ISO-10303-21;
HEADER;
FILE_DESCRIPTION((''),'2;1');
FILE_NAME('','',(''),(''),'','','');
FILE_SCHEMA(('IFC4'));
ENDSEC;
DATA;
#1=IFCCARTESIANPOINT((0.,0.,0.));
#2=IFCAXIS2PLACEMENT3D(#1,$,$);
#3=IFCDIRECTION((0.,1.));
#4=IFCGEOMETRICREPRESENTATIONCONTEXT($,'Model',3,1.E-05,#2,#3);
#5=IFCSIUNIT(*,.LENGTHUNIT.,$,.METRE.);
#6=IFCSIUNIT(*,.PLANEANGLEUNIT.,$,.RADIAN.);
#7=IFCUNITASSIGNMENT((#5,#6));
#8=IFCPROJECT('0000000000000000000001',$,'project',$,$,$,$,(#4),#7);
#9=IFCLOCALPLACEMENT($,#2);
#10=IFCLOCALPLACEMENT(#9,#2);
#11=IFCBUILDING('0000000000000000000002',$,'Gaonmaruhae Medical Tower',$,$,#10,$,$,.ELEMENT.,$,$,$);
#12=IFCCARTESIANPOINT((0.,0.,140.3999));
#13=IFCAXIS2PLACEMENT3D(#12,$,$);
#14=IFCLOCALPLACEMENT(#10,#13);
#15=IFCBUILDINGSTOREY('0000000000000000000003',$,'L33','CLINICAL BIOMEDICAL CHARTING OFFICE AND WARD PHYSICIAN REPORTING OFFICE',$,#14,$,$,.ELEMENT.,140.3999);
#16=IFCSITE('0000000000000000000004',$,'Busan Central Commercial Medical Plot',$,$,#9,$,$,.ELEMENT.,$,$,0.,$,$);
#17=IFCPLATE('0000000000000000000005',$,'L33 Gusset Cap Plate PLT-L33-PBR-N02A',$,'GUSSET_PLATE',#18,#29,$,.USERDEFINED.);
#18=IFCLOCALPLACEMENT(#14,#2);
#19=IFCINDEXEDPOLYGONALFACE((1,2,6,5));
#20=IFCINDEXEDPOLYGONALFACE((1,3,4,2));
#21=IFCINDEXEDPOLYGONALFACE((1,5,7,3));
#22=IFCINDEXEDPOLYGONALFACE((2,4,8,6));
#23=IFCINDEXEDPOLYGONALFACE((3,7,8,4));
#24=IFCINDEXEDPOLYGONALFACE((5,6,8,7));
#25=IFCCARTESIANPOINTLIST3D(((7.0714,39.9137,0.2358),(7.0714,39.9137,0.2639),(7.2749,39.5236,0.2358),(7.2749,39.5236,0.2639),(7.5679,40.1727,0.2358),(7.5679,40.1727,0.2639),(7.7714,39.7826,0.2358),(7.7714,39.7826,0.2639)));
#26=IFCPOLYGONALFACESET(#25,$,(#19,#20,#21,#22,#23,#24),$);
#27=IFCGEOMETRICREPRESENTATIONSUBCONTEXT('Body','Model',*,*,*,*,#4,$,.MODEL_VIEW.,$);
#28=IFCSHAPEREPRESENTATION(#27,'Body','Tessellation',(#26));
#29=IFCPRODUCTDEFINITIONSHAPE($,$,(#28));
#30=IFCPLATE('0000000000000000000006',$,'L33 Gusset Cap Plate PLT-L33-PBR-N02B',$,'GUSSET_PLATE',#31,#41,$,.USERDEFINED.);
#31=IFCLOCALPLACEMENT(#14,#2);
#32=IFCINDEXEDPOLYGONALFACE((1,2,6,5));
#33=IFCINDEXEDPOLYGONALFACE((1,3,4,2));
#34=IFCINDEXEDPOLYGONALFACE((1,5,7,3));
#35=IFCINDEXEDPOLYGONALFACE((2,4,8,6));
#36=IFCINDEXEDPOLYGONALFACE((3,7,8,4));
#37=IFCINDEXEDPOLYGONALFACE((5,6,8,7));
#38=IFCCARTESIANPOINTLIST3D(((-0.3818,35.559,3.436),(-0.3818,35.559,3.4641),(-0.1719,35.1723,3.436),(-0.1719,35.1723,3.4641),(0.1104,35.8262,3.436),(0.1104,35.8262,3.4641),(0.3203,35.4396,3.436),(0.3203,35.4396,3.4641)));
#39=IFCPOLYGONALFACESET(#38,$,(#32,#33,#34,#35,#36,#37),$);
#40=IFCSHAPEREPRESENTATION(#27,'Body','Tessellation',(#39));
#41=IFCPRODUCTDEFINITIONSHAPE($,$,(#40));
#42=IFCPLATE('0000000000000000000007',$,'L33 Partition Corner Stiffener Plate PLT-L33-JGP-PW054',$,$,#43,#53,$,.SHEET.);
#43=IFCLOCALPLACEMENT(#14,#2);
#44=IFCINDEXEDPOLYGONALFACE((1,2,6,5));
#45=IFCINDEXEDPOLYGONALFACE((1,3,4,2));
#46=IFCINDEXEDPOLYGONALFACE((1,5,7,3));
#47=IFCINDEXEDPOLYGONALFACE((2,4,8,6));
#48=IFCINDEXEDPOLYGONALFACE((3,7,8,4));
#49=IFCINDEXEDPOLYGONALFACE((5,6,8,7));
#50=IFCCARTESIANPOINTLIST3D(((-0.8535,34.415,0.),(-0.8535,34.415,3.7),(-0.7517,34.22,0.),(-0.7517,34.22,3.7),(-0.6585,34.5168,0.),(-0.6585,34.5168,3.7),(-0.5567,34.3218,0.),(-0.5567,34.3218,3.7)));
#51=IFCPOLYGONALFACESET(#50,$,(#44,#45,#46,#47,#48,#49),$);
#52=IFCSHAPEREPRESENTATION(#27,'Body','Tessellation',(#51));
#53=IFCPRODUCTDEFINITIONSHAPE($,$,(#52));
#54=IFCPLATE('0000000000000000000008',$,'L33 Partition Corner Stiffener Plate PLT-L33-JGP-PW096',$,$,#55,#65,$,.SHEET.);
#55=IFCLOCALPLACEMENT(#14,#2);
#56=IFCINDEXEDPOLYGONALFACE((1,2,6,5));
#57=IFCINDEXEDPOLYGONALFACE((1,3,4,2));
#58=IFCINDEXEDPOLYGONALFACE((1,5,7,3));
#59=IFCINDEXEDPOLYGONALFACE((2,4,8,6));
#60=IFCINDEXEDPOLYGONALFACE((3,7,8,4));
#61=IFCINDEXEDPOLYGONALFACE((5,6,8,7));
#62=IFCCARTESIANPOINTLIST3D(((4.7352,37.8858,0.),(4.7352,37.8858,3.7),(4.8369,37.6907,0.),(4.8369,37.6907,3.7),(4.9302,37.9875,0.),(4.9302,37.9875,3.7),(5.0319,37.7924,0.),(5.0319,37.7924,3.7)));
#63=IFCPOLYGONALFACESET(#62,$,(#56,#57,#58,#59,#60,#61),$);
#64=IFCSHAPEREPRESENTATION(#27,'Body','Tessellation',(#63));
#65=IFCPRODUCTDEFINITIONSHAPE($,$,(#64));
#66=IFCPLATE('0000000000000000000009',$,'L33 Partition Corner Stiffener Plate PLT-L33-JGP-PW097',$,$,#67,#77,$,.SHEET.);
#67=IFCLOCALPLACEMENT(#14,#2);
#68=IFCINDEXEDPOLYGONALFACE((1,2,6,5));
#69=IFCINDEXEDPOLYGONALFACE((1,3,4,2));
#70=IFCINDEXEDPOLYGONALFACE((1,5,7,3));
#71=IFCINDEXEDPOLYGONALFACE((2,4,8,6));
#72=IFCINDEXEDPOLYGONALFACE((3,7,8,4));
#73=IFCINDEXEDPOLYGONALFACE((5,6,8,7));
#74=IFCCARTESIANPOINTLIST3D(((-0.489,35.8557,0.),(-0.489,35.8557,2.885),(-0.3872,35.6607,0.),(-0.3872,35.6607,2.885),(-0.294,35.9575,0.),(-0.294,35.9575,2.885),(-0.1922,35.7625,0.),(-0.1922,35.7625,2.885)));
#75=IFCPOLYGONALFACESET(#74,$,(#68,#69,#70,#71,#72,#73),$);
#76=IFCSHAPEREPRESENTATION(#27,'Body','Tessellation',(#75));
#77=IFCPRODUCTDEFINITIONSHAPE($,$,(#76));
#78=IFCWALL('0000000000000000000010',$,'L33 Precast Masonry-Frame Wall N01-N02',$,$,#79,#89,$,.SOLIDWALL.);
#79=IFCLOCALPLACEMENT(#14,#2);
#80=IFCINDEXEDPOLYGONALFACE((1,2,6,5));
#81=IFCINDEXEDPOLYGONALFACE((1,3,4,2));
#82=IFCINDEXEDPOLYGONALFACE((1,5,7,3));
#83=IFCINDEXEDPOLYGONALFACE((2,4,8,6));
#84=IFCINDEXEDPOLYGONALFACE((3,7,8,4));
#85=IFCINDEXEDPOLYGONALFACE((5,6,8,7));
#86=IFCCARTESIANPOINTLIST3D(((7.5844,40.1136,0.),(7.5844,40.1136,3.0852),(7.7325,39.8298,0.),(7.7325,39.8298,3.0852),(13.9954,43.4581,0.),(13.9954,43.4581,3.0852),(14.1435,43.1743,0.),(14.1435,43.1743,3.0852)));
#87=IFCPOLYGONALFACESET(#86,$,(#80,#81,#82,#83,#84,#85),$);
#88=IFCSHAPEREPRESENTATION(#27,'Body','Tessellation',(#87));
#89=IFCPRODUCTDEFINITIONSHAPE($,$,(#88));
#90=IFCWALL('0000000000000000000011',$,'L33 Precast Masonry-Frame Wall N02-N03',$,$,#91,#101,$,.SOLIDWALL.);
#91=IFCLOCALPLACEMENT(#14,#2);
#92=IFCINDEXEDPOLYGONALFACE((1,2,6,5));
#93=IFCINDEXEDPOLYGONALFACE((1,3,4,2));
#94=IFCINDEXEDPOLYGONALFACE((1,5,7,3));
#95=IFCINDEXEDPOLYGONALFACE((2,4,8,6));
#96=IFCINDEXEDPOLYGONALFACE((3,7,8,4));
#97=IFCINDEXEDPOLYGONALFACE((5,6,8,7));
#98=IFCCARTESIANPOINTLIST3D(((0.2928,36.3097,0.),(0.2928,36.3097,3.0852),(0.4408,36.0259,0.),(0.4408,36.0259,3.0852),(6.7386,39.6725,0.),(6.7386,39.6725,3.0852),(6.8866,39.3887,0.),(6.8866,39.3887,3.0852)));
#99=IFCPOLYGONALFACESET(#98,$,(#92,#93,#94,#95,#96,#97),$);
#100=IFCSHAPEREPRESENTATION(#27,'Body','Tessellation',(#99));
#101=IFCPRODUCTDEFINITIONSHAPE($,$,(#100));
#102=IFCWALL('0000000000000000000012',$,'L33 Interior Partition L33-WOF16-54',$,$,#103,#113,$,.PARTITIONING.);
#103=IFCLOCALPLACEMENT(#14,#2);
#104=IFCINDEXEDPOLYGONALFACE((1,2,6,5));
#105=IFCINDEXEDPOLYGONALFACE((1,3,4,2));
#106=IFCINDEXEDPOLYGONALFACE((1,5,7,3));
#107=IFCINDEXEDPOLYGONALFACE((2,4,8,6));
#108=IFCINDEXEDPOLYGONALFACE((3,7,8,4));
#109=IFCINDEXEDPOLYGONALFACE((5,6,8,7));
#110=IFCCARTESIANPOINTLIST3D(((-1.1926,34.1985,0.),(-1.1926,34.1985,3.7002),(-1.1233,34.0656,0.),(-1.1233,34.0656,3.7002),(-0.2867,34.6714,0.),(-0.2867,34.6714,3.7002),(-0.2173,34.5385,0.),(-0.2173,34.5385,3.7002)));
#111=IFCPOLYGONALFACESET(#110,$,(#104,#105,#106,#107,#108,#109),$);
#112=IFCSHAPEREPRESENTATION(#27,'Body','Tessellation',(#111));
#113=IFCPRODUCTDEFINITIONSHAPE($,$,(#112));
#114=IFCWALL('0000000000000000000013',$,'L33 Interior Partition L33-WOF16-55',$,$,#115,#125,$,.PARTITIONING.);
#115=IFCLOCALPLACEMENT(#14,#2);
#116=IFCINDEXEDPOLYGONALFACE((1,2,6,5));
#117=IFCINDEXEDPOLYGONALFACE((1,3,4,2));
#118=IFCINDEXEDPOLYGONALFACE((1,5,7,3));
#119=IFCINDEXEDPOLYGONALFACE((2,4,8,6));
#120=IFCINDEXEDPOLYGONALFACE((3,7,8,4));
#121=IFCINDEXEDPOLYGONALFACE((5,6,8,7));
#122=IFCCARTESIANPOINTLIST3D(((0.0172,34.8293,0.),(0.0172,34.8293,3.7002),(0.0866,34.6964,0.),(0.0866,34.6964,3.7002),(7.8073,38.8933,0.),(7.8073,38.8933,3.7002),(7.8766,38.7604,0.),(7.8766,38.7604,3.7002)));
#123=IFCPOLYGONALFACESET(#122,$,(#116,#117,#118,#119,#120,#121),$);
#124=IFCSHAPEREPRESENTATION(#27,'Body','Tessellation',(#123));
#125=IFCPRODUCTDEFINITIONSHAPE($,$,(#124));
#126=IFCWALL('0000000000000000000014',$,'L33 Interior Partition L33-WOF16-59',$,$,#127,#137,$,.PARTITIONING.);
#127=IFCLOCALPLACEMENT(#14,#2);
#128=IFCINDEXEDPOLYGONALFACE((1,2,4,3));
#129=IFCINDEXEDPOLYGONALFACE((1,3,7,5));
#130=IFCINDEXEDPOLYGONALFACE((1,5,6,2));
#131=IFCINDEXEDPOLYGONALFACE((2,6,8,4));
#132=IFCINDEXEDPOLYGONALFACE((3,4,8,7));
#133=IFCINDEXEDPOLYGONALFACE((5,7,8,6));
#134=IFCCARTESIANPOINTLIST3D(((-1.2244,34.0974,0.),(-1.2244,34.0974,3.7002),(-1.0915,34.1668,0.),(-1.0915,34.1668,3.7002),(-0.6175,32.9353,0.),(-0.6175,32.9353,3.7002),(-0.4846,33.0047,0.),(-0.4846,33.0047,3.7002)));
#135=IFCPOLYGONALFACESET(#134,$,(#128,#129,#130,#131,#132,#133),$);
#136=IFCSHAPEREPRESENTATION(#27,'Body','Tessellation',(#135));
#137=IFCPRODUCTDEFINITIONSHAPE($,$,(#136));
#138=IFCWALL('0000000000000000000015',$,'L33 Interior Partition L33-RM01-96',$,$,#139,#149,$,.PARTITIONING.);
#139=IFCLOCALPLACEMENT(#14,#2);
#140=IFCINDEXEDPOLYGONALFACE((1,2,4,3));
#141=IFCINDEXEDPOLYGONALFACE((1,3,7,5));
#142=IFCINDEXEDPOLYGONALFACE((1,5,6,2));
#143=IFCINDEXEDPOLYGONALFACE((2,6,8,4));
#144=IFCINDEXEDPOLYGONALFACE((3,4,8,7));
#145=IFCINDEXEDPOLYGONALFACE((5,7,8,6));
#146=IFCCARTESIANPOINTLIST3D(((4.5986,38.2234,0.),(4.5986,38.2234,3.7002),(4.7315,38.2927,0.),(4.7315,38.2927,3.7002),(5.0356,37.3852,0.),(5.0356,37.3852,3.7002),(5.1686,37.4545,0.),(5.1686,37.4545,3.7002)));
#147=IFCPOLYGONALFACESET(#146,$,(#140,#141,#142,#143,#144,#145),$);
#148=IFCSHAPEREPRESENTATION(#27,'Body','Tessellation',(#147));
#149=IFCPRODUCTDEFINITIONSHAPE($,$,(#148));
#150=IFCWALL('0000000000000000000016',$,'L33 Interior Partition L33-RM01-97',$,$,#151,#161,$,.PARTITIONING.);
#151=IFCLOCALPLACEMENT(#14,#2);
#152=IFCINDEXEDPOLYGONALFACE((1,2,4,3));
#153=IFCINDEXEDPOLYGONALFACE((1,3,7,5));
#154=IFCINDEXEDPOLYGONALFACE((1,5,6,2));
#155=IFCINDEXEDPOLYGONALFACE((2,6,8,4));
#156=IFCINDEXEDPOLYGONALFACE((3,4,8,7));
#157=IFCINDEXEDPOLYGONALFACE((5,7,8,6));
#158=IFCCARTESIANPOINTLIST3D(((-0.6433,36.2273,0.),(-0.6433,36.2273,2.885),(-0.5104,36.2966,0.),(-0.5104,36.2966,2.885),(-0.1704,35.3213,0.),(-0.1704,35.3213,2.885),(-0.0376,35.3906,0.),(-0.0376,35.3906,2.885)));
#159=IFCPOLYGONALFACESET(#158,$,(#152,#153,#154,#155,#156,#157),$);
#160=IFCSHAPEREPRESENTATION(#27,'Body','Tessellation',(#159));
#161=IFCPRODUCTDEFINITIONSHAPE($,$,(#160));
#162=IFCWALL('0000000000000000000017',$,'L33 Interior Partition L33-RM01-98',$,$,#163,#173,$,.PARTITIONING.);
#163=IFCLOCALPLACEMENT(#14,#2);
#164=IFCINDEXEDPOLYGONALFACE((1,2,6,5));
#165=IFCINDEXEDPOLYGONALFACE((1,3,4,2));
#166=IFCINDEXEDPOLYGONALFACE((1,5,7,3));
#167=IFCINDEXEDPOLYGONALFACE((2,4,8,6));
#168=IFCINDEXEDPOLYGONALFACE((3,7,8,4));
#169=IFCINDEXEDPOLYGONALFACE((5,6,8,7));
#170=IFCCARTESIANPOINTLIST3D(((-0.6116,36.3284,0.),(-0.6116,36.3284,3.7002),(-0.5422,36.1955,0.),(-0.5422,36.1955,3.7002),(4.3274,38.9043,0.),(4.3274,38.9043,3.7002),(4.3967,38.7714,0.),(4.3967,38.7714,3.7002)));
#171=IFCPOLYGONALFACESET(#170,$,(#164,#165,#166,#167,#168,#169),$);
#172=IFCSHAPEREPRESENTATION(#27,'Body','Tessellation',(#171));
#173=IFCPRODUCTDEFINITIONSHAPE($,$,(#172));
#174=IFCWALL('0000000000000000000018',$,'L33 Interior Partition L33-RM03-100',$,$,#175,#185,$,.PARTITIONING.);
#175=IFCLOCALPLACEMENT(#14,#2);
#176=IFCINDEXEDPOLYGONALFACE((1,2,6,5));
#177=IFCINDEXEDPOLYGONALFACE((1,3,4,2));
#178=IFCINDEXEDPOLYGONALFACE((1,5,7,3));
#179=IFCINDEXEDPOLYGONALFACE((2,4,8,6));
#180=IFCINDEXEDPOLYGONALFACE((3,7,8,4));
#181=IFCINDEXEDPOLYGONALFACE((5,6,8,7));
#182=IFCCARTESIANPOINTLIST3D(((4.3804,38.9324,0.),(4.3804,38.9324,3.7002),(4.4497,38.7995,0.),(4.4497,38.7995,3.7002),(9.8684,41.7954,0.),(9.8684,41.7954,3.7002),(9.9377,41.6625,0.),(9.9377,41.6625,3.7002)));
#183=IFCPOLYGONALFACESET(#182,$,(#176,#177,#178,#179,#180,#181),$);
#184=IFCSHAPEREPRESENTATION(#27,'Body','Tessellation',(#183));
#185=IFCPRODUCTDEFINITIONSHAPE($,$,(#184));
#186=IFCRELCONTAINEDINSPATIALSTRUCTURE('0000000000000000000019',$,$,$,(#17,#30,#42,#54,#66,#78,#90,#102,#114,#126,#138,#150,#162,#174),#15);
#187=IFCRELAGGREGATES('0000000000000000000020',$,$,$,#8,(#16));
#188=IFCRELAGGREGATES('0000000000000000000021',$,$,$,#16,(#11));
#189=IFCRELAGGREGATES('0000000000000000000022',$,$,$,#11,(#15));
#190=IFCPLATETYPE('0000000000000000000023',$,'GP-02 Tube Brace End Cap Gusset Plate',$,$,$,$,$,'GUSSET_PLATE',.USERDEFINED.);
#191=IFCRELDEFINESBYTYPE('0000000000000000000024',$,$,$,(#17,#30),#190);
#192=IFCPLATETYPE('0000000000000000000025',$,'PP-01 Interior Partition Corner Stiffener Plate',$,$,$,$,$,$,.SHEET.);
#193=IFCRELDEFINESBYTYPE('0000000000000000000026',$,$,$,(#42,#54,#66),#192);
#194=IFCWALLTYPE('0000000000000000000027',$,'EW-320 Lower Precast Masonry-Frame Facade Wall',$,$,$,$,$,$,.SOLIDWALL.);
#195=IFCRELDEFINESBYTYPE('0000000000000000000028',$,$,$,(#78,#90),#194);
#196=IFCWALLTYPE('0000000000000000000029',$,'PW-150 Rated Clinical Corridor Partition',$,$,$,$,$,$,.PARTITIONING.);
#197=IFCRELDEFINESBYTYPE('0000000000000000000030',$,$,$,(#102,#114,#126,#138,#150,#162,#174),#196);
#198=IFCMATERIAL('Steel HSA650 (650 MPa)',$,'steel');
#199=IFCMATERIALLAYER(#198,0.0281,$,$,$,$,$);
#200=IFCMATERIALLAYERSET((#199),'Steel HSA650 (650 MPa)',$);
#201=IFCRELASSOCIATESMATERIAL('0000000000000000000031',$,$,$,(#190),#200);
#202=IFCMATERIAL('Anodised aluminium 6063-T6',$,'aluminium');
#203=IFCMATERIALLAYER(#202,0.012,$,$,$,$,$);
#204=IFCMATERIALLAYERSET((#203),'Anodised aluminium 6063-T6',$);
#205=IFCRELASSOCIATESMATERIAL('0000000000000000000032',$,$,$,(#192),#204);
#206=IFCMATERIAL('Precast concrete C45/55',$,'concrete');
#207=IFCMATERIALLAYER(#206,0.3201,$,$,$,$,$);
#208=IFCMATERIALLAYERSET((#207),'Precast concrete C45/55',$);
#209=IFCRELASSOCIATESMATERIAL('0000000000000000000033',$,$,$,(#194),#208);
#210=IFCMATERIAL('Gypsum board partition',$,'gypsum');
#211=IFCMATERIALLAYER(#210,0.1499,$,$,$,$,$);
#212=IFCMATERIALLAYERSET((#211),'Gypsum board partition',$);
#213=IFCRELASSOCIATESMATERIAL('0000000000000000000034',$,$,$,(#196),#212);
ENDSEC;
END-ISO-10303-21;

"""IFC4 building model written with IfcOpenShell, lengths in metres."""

from ifc_helpers import new_model, si_unit, direction, frame, frame_2d, origin, origin_2d, place, context, subcontext, project, spatial, rectangle, extrude, material, layer, layer_set, type_object, element, save


model = new_model("IFC4")

# Units and contexts
model_context = context("Model", 3, precision=1e-05, world=origin(), true_north=direction((0.0, 1.0)))
body_context = subcontext(model_context, "Body", "Model", "MODEL_VIEW")
ifc_project = project(units=[si_unit("LENGTHUNIT", "METRE"), si_unit("PLANEANGLEUNIT", "RADIAN")], contexts=[model_context])

# Site, building, storey
site_placement = place(None, origin())
site = spatial("IfcSite", under=ifc_project, at=site_placement, Name="Busan Central Commercial Medical Plot", CompositionType="ELEMENT", RefElevation=0.0)
building_placement = place(site_placement, origin())
building = spatial("IfcBuilding", under=site, at=building_placement, Name="Gaonmaruhae Medical Tower", CompositionType="ELEMENT")
storey_placement = place(building_placement, frame((0.0, 0.0, 140.3999)))
storey = spatial("IfcBuildingStorey", under=building, at=storey_placement, Name="L33", Description="CLINICAL BIOMEDICAL CHARTING OFFICE AND WARD PHYSICIAN REPORTING OFFICE", CompositionType="ELEMENT", Elevation=140.3999)

# Plates
ifc_material_1 = material(Name="Steel HSA650 (650 MPa)", Category="steel")
ifc_layer_1 = layer(ifc_material_1, 0.0281)
ifc_layer_set_1 = layer_set([ifc_layer_1], Name="Steel HSA650 (650 MPa)")
plate_type_1 = type_object("IfcPlateType", Name="GP-02 Tube Brace End Cap Gusset Plate", ElementType="GUSSET_PLATE", PredefinedType="USERDEFINED", material=ifc_layer_set_1)
for number, where, z_axis, x_axis, name in (
    (1, (7.4214, 39.8481, 0.2358), (0.0, 0.0, 1.0), (0.886608, 0.462523, 0.0), "L33 Gusset Cap Plate PLT-L33-PBR-N02A"),
    (2, (-0.0308, 35.4993, 3.436), (0.0, 0.0, 1.0), (0.878817, 0.477159, 0.0), "L33 Gusset Cap Plate PLT-L33-PBR-N02B"),
):
    element("IfcPlate", number, at=place(storey_placement, frame(where, z_axis=z_axis, x_axis=x_axis)), inside=storey, type_object=plate_type_1, Name=name, ObjectType="GUSSET_PLATE", PredefinedType="USERDEFINED", context=body_context, shape_type="SweptSolid", body=[
        extrude(rectangle(XDim=0.5601, YDim=0.4399, at=origin_2d()), origin(), (0.0, 0.0, 1.0), 0.0281),
    ])
ifc_material_2 = material(Name="Anodised aluminium 6063-T6", Category="aluminium")
ifc_layer_2 = layer(ifc_material_2, 0.012)
ifc_layer_set_2 = layer_set([ifc_layer_2], Name="Anodised aluminium 6063-T6")
plate_type_2 = type_object("IfcPlateType", Name="PP-01 Interior Partition Corner Stiffener Plate", PredefinedType="SHEET", material=ifc_layer_set_2)
for number, where, z_axis, x_axis, name in (
    (3, (-0.7051, 34.3684, 0.0), (0.0, 0.0, 1.0), (0.886462, 0.462801, 0.0), "L33 Partition Corner Stiffener Plate PLT-L33-JGP-PW054"),
    (4, (4.8835, 37.8391, 0.0), (0.0, 0.0, 1.0), (0.462383, -0.88668, 0.0), "L33 Partition Corner Stiffener Plate PLT-L33-JGP-PW096"),
):
    element("IfcPlate", number, at=place(storey_placement, frame(where, z_axis=z_axis, x_axis=x_axis)), inside=storey, type_object=plate_type_2, Name=name, PredefinedType="SHEET", context=body_context, shape_type="SweptSolid", body=[
        extrude(rectangle(XDim=0.22, YDim=0.22, at=origin_2d()), origin(), (0.0, 0.0, 1.0), 3.7),
    ])
plate_placement = place(storey_placement, frame((-0.3406, 35.8091, 0.0), z_axis=(0.0, 0.0, 1.0), x_axis=(-0.462801, 0.886462, 0.0)))
element("IfcPlate", 5, at=plate_placement, inside=storey, type_object=plate_type_2, Name="L33 Partition Corner Stiffener Plate PLT-L33-JGP-PW097", PredefinedType="SHEET", context=body_context, shape_type="SweptSolid", body=[
    extrude(rectangle(XDim=0.22, YDim=0.22, at=origin_2d()), origin(), (0.0, 0.0, 1.0), 2.885),
])

# Walls
ifc_material_3 = material(Name="Precast concrete C45/55", Category="concrete")
ifc_layer_3 = layer(ifc_material_3, 0.3201)
ifc_layer_set_3 = layer_set([ifc_layer_3], Name="Precast concrete C45/55")
wall_type_1 = type_object("IfcWallType", Name="EW-320 Lower Precast Masonry-Frame Facade Wall", PredefinedType="SOLIDWALL", material=ifc_layer_set_3)
wall_1_placement = place(storey_placement, frame((7.6584, 39.9717, 0.0), z_axis=(0.0, 0.0, 1.0), x_axis=(0.886604, 0.46253, 0.0)))
element("IfcWall", 6, at=wall_1_placement, inside=storey, type_object=wall_type_1, Name="L33 Precast Masonry-Frame Wall N01-N02", PredefinedType="SOLIDWALL", context=body_context, shape_type="SweptSolid", body=[
    extrude(rectangle(XDim=7.231, YDim=0.3201, at=frame_2d((3.6155, 0.0))), origin(), (0.0, 0.0, 1.0), 3.0852),
])
wall_2_placement = place(storey_placement, frame((0.3667, 36.1677, 0.0), z_axis=(0.0, 0.0, 1.0), x_axis=(0.886598, 0.462541, 0.0)))
element("IfcWall", 7, at=wall_2_placement, inside=storey, type_object=wall_type_1, Name="L33 Precast Masonry-Frame Wall N02-N03", PredefinedType="SOLIDWALL", context=body_context, shape_type="SweptSolid", body=[
    extrude(rectangle(XDim=7.2703, YDim=0.3201, at=frame_2d((3.6353, 0.0))), origin(), (0.0, 0.0, 1.0), 3.0852),
])
ifc_material_4 = material(Name="Gypsum board partition", Category="gypsum")
ifc_layer_4 = layer(ifc_material_4, 0.1499)
ifc_layer_set_4 = layer_set([ifc_layer_4], Name="Gypsum board partition")
wall_type_2 = type_object("IfcWallType", Name="PW-150 Rated Clinical Corridor Partition", PredefinedType="PARTITIONING", material=ifc_layer_set_4)
wall_3_placement = place(storey_placement, frame((-1.158, 34.1321, 0.0), z_axis=(0.0, 0.0, 1.0), x_axis=(0.886504, 0.462721, 0.0)))
element("IfcWall", 8, at=wall_3_placement, inside=storey, type_object=wall_type_2, Name="L33 Interior Partition L33-WOF16-54", PredefinedType="PARTITIONING", context=body_context, shape_type="SweptSolid", body=[
    extrude(rectangle(XDim=1.022, YDim=0.1499, at=frame_2d((0.511, 0.0))), origin(), (0.0, 0.0, 1.0), 3.7002),
])
wall_4_placement = place(storey_placement, frame((0.052, 34.7629, 0.0), z_axis=(0.0, 0.0, 1.0), x_axis=(0.886604, 0.46253, 0.0)))
element("IfcWall", 9, at=wall_4_placement, inside=storey, type_object=wall_type_2, Name="L33 Interior Partition L33-WOF16-55", PredefinedType="PARTITIONING", context=body_context, shape_type="SweptSolid", body=[
    extrude(rectangle(XDim=8.7864, YDim=0.1499, at=frame_2d((4.3931, 0.0))), origin(), (0.0, 0.0, 1.0), 3.7002),
])

# Walls
wall_5_placement = place(storey_placement, frame((-0.551, 32.97, 0.0), z_axis=(0.0, 0.0, 1.0), x_axis=(-0.462935, 0.886392, 0.0)))
element("IfcWall", 10, at=wall_5_placement, inside=storey, type_object=wall_type_2, Name="L33 Interior Partition L33-WOF16-59", PredefinedType="PARTITIONING", context=body_context, shape_type="SweptSolid", body=[
    extrude(rectangle(XDim=1.311, YDim=0.1499, at=frame_2d((0.6555, 0.0))), origin(), (0.0, 0.0, 1.0), 3.7002),
])
wall_6_placement = place(storey_placement, frame((4.665, 38.2581, 0.0), z_axis=(0.0, 0.0, 1.0), x_axis=(0.462336, -0.886705, 0.0)))
element("IfcWall", 11, at=wall_6_placement, inside=storey, type_object=wall_type_2, Name="L33 Interior Partition L33-RM01-96", PredefinedType="PARTITIONING", context=body_context, shape_type="SweptSolid", body=[
    extrude(rectangle(XDim=0.9453, YDim=0.1499, at=frame_2d((0.4727, 0.0))), origin(), (0.0, 0.0, 1.0), 3.7002),
])
wall_7_placement = place(storey_placement, frame((-0.104, 35.356, 0.0), z_axis=(0.0, 0.0, 1.0), x_axis=(-0.462721, 0.886504, 0.0)))
element("IfcWall", 12, at=wall_7_placement, inside=storey, type_object=wall_type_2, Name="L33 Interior Partition L33-RM01-97", PredefinedType="PARTITIONING", context=body_context, shape_type="SweptSolid", body=[
    extrude(rectangle(XDim=1.022, YDim=0.1499, at=frame_2d((0.511, 0.0))), origin(), (0.0, 0.0, 1.0), 2.885),
])
wall_8_placement = place(storey_placement, frame((-0.5769, 36.262, 0.0), z_axis=(0.0, 0.0, 1.0), x_axis=(0.886653, 0.462436, 0.0)))
element("IfcWall", 13, at=wall_8_placement, inside=storey, type_object=wall_type_2, Name="L33 Interior Partition L33-RM01-98", PredefinedType="PARTITIONING", context=body_context, shape_type="SweptSolid", body=[
    extrude(rectangle(XDim=5.5703, YDim=0.1499, at=frame_2d((2.7852, 0.0))), origin(), (0.0, 0.0, 1.0), 3.7002),
])
wall_9_placement = place(storey_placement, frame((4.415, 38.866, 0.0), z_axis=(0.0, 0.0, 1.0), x_axis=(0.886604, 0.46253, 0.0)))
element("IfcWall", 14, at=wall_9_placement, inside=storey, type_object=wall_type_2, Name="L33 Interior Partition L33-RM03-100", PredefinedType="PARTITIONING", context=body_context, shape_type="SweptSolid", body=[
    extrude(rectangle(XDim=6.1899, YDim=0.1499, at=frame_2d((3.095, 0.0))), origin(), (0.0, 0.0, 1.0), 3.7002),
])

save(model, "model.ifc")
